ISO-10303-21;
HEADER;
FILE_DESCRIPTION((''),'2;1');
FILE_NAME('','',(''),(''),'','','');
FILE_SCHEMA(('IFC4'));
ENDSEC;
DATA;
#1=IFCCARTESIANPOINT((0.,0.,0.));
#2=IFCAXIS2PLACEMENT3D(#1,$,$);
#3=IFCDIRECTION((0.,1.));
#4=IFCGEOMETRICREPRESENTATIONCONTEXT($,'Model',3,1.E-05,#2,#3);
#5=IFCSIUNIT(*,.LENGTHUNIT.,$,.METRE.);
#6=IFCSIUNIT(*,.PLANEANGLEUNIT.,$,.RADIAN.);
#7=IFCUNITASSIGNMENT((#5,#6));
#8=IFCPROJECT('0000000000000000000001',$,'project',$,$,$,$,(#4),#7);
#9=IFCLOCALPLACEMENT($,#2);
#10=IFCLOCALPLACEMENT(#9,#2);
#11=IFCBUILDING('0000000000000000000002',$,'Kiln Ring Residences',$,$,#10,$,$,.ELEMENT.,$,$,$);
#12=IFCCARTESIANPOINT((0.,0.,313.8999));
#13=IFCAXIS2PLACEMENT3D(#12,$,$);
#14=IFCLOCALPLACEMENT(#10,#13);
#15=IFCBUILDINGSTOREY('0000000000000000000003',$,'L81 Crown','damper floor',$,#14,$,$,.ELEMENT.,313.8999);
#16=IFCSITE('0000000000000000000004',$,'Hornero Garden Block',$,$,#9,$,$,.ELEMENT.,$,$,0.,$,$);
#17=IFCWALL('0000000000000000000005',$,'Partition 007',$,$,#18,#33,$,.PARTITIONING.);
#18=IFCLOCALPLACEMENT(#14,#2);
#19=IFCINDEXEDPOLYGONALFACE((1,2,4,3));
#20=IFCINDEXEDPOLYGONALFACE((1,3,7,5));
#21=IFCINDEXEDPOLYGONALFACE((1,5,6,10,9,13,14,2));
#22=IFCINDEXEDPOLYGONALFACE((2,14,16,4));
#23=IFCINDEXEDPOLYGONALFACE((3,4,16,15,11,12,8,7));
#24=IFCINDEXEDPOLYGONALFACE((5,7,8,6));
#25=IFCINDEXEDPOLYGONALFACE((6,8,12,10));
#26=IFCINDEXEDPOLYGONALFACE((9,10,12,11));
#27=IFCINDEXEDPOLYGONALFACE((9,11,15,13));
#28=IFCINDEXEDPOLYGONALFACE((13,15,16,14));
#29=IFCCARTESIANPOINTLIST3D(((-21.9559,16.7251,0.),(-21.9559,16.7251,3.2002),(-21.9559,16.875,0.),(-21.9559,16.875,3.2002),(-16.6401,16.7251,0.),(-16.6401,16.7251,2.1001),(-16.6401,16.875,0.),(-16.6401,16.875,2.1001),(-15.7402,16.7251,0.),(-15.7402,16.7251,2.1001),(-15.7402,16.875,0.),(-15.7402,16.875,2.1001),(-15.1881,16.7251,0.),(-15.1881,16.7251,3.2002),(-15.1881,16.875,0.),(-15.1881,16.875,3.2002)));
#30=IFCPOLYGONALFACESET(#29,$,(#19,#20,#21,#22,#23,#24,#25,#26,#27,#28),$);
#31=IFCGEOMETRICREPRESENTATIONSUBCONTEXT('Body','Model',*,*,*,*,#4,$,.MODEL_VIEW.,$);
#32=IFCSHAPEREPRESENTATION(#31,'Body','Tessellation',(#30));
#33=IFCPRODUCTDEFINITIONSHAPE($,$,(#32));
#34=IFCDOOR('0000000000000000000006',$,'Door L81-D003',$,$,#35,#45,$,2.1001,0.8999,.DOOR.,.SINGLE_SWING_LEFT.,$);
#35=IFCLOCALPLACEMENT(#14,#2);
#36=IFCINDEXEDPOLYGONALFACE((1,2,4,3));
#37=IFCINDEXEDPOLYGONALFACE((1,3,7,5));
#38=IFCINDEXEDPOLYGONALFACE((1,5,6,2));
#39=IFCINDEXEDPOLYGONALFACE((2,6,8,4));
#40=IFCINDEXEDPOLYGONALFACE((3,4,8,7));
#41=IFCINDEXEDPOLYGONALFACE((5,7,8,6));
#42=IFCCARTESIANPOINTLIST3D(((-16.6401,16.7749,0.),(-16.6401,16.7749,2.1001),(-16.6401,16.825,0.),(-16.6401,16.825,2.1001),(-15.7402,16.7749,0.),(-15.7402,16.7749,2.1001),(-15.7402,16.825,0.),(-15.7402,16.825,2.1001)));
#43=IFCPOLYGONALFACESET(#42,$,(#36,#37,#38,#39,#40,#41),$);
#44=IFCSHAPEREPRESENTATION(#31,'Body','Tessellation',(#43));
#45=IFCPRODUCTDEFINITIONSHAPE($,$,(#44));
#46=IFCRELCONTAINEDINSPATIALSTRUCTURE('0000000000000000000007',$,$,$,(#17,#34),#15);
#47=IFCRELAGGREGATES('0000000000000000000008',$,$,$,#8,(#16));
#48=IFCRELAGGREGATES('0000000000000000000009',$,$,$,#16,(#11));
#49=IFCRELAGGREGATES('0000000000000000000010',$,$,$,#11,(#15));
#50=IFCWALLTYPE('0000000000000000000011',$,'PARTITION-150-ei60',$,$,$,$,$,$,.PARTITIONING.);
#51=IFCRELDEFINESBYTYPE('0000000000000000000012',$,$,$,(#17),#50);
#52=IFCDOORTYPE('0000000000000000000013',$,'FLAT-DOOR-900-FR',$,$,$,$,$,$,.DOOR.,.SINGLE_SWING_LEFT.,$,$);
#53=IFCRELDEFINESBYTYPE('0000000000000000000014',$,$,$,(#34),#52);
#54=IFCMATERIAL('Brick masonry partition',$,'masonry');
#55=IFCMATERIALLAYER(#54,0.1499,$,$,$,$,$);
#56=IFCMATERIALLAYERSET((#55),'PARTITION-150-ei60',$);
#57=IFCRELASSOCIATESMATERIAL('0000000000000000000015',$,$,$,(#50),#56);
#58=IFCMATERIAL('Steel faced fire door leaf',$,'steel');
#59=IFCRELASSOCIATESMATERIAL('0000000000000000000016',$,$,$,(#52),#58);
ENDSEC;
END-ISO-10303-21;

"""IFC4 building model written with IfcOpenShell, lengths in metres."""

from ifc_helpers import new_model, si_unit, direction, frame, frame_2d, origin, place, context, subcontext, project, spatial, rectangle, extrude, material, layer, layer_set, type_object, element, fill, save


model = new_model("IFC4")

# Units and contexts
model_context = context("Model", 3, precision=1e-05, world=origin(), true_north=direction((0.0, 1.0)))
body_context = subcontext(model_context, "Body", "Model", "MODEL_VIEW")
ifc_project = project(units=[si_unit("LENGTHUNIT", "METRE"), si_unit("PLANEANGLEUNIT", "RADIAN")], contexts=[model_context])

# Site, building, storey
site_placement = place(None, origin())
site = spatial("IfcSite", under=ifc_project, at=site_placement, Name="Hornero Garden Block", CompositionType="ELEMENT", RefElevation=0.0)
building_placement = place(site_placement, origin())
building = spatial("IfcBuilding", under=site, at=building_placement, Name="Kiln Ring Residences", CompositionType="ELEMENT")
storey_placement = place(building_placement, frame((0.0, 0.0, 313.8999)))
storey = spatial("IfcBuildingStorey", under=building, at=storey_placement, Name="L81 Crown", Description="damper floor", CompositionType="ELEMENT", Elevation=313.8999)

# Wall, opening, door
ifc_material_1 = material(Name="Brick masonry partition", Category="masonry")
ifc_layer_1 = layer(ifc_material_1, 0.1499)
ifc_layer_set_1 = layer_set([ifc_layer_1], Name="PARTITION-150-ei60")
wall_type = type_object("IfcWallType", Name="PARTITION-150-ei60", PredefinedType="PARTITIONING", material=ifc_layer_set_1)
wall_placement = place(storey_placement, frame((-21.9558, 16.8, 0.0), z_axis=(0.0, 0.0, 1.0), x_axis=(1.0, 0.0, 0.0)))
wall = element("IfcWall", 1, at=wall_placement, inside=storey, type_object=wall_type, Name="Partition 007", PredefinedType="PARTITIONING", context=body_context, shape_type="SweptSolid", body=[
    extrude(rectangle(XDim=6.7678, YDim=0.1499, at=frame_2d((3.3838, 0.0))), origin(), (0.0, 0.0, 1.0), 3.2002),
])
opening_placement = place(wall_placement, frame((5.3157, 0.0, 0.0)))
opening = element("IfcOpeningElement", 2, at=opening_placement, cuts=wall, PredefinedType="OPENING", context=body_context, shape_type="SweptSolid", body=[
    extrude(rectangle(XDim=0.8999, YDim=2.1001, at=frame_2d((0.45, 1.05))), frame((0.0, 0.085, 0.0), z_axis=(0.0, -1.0, 0.0), x_axis=(1.0, 0.0, 0.0)), (0.0, 0.0, 1.0), 0.1699),
])
ifc_material_2 = material(Name="Steel faced fire door leaf", Category="steel")
door_type = type_object("IfcDoorType", Name="FLAT-DOOR-900-FR", OperationType="SINGLE_SWING_LEFT", PredefinedType="DOOR", material=ifc_material_2)
door_placement = place(opening_placement, origin())
door = element("IfcDoor", 3, at=door_placement, inside=storey, type_object=door_type, Name="Door L81-D003", OperationType="SINGLE_SWING_LEFT", OverallHeight=2.1001, OverallWidth=0.8999, PredefinedType="DOOR", context=body_context, shape_type="SweptSolid", body=[
    extrude(rectangle(XDim=0.8999, YDim=2.1001, at=frame_2d((0.45, 1.05))), frame((0.0, 0.0249, 0.0), z_axis=(0.0, -1.0, 0.0), x_axis=(1.0, 0.0, 0.0)), (0.0, 0.0, 1.0), 0.05),
])
fill(opening, door)

save(model, "model.ifc")
